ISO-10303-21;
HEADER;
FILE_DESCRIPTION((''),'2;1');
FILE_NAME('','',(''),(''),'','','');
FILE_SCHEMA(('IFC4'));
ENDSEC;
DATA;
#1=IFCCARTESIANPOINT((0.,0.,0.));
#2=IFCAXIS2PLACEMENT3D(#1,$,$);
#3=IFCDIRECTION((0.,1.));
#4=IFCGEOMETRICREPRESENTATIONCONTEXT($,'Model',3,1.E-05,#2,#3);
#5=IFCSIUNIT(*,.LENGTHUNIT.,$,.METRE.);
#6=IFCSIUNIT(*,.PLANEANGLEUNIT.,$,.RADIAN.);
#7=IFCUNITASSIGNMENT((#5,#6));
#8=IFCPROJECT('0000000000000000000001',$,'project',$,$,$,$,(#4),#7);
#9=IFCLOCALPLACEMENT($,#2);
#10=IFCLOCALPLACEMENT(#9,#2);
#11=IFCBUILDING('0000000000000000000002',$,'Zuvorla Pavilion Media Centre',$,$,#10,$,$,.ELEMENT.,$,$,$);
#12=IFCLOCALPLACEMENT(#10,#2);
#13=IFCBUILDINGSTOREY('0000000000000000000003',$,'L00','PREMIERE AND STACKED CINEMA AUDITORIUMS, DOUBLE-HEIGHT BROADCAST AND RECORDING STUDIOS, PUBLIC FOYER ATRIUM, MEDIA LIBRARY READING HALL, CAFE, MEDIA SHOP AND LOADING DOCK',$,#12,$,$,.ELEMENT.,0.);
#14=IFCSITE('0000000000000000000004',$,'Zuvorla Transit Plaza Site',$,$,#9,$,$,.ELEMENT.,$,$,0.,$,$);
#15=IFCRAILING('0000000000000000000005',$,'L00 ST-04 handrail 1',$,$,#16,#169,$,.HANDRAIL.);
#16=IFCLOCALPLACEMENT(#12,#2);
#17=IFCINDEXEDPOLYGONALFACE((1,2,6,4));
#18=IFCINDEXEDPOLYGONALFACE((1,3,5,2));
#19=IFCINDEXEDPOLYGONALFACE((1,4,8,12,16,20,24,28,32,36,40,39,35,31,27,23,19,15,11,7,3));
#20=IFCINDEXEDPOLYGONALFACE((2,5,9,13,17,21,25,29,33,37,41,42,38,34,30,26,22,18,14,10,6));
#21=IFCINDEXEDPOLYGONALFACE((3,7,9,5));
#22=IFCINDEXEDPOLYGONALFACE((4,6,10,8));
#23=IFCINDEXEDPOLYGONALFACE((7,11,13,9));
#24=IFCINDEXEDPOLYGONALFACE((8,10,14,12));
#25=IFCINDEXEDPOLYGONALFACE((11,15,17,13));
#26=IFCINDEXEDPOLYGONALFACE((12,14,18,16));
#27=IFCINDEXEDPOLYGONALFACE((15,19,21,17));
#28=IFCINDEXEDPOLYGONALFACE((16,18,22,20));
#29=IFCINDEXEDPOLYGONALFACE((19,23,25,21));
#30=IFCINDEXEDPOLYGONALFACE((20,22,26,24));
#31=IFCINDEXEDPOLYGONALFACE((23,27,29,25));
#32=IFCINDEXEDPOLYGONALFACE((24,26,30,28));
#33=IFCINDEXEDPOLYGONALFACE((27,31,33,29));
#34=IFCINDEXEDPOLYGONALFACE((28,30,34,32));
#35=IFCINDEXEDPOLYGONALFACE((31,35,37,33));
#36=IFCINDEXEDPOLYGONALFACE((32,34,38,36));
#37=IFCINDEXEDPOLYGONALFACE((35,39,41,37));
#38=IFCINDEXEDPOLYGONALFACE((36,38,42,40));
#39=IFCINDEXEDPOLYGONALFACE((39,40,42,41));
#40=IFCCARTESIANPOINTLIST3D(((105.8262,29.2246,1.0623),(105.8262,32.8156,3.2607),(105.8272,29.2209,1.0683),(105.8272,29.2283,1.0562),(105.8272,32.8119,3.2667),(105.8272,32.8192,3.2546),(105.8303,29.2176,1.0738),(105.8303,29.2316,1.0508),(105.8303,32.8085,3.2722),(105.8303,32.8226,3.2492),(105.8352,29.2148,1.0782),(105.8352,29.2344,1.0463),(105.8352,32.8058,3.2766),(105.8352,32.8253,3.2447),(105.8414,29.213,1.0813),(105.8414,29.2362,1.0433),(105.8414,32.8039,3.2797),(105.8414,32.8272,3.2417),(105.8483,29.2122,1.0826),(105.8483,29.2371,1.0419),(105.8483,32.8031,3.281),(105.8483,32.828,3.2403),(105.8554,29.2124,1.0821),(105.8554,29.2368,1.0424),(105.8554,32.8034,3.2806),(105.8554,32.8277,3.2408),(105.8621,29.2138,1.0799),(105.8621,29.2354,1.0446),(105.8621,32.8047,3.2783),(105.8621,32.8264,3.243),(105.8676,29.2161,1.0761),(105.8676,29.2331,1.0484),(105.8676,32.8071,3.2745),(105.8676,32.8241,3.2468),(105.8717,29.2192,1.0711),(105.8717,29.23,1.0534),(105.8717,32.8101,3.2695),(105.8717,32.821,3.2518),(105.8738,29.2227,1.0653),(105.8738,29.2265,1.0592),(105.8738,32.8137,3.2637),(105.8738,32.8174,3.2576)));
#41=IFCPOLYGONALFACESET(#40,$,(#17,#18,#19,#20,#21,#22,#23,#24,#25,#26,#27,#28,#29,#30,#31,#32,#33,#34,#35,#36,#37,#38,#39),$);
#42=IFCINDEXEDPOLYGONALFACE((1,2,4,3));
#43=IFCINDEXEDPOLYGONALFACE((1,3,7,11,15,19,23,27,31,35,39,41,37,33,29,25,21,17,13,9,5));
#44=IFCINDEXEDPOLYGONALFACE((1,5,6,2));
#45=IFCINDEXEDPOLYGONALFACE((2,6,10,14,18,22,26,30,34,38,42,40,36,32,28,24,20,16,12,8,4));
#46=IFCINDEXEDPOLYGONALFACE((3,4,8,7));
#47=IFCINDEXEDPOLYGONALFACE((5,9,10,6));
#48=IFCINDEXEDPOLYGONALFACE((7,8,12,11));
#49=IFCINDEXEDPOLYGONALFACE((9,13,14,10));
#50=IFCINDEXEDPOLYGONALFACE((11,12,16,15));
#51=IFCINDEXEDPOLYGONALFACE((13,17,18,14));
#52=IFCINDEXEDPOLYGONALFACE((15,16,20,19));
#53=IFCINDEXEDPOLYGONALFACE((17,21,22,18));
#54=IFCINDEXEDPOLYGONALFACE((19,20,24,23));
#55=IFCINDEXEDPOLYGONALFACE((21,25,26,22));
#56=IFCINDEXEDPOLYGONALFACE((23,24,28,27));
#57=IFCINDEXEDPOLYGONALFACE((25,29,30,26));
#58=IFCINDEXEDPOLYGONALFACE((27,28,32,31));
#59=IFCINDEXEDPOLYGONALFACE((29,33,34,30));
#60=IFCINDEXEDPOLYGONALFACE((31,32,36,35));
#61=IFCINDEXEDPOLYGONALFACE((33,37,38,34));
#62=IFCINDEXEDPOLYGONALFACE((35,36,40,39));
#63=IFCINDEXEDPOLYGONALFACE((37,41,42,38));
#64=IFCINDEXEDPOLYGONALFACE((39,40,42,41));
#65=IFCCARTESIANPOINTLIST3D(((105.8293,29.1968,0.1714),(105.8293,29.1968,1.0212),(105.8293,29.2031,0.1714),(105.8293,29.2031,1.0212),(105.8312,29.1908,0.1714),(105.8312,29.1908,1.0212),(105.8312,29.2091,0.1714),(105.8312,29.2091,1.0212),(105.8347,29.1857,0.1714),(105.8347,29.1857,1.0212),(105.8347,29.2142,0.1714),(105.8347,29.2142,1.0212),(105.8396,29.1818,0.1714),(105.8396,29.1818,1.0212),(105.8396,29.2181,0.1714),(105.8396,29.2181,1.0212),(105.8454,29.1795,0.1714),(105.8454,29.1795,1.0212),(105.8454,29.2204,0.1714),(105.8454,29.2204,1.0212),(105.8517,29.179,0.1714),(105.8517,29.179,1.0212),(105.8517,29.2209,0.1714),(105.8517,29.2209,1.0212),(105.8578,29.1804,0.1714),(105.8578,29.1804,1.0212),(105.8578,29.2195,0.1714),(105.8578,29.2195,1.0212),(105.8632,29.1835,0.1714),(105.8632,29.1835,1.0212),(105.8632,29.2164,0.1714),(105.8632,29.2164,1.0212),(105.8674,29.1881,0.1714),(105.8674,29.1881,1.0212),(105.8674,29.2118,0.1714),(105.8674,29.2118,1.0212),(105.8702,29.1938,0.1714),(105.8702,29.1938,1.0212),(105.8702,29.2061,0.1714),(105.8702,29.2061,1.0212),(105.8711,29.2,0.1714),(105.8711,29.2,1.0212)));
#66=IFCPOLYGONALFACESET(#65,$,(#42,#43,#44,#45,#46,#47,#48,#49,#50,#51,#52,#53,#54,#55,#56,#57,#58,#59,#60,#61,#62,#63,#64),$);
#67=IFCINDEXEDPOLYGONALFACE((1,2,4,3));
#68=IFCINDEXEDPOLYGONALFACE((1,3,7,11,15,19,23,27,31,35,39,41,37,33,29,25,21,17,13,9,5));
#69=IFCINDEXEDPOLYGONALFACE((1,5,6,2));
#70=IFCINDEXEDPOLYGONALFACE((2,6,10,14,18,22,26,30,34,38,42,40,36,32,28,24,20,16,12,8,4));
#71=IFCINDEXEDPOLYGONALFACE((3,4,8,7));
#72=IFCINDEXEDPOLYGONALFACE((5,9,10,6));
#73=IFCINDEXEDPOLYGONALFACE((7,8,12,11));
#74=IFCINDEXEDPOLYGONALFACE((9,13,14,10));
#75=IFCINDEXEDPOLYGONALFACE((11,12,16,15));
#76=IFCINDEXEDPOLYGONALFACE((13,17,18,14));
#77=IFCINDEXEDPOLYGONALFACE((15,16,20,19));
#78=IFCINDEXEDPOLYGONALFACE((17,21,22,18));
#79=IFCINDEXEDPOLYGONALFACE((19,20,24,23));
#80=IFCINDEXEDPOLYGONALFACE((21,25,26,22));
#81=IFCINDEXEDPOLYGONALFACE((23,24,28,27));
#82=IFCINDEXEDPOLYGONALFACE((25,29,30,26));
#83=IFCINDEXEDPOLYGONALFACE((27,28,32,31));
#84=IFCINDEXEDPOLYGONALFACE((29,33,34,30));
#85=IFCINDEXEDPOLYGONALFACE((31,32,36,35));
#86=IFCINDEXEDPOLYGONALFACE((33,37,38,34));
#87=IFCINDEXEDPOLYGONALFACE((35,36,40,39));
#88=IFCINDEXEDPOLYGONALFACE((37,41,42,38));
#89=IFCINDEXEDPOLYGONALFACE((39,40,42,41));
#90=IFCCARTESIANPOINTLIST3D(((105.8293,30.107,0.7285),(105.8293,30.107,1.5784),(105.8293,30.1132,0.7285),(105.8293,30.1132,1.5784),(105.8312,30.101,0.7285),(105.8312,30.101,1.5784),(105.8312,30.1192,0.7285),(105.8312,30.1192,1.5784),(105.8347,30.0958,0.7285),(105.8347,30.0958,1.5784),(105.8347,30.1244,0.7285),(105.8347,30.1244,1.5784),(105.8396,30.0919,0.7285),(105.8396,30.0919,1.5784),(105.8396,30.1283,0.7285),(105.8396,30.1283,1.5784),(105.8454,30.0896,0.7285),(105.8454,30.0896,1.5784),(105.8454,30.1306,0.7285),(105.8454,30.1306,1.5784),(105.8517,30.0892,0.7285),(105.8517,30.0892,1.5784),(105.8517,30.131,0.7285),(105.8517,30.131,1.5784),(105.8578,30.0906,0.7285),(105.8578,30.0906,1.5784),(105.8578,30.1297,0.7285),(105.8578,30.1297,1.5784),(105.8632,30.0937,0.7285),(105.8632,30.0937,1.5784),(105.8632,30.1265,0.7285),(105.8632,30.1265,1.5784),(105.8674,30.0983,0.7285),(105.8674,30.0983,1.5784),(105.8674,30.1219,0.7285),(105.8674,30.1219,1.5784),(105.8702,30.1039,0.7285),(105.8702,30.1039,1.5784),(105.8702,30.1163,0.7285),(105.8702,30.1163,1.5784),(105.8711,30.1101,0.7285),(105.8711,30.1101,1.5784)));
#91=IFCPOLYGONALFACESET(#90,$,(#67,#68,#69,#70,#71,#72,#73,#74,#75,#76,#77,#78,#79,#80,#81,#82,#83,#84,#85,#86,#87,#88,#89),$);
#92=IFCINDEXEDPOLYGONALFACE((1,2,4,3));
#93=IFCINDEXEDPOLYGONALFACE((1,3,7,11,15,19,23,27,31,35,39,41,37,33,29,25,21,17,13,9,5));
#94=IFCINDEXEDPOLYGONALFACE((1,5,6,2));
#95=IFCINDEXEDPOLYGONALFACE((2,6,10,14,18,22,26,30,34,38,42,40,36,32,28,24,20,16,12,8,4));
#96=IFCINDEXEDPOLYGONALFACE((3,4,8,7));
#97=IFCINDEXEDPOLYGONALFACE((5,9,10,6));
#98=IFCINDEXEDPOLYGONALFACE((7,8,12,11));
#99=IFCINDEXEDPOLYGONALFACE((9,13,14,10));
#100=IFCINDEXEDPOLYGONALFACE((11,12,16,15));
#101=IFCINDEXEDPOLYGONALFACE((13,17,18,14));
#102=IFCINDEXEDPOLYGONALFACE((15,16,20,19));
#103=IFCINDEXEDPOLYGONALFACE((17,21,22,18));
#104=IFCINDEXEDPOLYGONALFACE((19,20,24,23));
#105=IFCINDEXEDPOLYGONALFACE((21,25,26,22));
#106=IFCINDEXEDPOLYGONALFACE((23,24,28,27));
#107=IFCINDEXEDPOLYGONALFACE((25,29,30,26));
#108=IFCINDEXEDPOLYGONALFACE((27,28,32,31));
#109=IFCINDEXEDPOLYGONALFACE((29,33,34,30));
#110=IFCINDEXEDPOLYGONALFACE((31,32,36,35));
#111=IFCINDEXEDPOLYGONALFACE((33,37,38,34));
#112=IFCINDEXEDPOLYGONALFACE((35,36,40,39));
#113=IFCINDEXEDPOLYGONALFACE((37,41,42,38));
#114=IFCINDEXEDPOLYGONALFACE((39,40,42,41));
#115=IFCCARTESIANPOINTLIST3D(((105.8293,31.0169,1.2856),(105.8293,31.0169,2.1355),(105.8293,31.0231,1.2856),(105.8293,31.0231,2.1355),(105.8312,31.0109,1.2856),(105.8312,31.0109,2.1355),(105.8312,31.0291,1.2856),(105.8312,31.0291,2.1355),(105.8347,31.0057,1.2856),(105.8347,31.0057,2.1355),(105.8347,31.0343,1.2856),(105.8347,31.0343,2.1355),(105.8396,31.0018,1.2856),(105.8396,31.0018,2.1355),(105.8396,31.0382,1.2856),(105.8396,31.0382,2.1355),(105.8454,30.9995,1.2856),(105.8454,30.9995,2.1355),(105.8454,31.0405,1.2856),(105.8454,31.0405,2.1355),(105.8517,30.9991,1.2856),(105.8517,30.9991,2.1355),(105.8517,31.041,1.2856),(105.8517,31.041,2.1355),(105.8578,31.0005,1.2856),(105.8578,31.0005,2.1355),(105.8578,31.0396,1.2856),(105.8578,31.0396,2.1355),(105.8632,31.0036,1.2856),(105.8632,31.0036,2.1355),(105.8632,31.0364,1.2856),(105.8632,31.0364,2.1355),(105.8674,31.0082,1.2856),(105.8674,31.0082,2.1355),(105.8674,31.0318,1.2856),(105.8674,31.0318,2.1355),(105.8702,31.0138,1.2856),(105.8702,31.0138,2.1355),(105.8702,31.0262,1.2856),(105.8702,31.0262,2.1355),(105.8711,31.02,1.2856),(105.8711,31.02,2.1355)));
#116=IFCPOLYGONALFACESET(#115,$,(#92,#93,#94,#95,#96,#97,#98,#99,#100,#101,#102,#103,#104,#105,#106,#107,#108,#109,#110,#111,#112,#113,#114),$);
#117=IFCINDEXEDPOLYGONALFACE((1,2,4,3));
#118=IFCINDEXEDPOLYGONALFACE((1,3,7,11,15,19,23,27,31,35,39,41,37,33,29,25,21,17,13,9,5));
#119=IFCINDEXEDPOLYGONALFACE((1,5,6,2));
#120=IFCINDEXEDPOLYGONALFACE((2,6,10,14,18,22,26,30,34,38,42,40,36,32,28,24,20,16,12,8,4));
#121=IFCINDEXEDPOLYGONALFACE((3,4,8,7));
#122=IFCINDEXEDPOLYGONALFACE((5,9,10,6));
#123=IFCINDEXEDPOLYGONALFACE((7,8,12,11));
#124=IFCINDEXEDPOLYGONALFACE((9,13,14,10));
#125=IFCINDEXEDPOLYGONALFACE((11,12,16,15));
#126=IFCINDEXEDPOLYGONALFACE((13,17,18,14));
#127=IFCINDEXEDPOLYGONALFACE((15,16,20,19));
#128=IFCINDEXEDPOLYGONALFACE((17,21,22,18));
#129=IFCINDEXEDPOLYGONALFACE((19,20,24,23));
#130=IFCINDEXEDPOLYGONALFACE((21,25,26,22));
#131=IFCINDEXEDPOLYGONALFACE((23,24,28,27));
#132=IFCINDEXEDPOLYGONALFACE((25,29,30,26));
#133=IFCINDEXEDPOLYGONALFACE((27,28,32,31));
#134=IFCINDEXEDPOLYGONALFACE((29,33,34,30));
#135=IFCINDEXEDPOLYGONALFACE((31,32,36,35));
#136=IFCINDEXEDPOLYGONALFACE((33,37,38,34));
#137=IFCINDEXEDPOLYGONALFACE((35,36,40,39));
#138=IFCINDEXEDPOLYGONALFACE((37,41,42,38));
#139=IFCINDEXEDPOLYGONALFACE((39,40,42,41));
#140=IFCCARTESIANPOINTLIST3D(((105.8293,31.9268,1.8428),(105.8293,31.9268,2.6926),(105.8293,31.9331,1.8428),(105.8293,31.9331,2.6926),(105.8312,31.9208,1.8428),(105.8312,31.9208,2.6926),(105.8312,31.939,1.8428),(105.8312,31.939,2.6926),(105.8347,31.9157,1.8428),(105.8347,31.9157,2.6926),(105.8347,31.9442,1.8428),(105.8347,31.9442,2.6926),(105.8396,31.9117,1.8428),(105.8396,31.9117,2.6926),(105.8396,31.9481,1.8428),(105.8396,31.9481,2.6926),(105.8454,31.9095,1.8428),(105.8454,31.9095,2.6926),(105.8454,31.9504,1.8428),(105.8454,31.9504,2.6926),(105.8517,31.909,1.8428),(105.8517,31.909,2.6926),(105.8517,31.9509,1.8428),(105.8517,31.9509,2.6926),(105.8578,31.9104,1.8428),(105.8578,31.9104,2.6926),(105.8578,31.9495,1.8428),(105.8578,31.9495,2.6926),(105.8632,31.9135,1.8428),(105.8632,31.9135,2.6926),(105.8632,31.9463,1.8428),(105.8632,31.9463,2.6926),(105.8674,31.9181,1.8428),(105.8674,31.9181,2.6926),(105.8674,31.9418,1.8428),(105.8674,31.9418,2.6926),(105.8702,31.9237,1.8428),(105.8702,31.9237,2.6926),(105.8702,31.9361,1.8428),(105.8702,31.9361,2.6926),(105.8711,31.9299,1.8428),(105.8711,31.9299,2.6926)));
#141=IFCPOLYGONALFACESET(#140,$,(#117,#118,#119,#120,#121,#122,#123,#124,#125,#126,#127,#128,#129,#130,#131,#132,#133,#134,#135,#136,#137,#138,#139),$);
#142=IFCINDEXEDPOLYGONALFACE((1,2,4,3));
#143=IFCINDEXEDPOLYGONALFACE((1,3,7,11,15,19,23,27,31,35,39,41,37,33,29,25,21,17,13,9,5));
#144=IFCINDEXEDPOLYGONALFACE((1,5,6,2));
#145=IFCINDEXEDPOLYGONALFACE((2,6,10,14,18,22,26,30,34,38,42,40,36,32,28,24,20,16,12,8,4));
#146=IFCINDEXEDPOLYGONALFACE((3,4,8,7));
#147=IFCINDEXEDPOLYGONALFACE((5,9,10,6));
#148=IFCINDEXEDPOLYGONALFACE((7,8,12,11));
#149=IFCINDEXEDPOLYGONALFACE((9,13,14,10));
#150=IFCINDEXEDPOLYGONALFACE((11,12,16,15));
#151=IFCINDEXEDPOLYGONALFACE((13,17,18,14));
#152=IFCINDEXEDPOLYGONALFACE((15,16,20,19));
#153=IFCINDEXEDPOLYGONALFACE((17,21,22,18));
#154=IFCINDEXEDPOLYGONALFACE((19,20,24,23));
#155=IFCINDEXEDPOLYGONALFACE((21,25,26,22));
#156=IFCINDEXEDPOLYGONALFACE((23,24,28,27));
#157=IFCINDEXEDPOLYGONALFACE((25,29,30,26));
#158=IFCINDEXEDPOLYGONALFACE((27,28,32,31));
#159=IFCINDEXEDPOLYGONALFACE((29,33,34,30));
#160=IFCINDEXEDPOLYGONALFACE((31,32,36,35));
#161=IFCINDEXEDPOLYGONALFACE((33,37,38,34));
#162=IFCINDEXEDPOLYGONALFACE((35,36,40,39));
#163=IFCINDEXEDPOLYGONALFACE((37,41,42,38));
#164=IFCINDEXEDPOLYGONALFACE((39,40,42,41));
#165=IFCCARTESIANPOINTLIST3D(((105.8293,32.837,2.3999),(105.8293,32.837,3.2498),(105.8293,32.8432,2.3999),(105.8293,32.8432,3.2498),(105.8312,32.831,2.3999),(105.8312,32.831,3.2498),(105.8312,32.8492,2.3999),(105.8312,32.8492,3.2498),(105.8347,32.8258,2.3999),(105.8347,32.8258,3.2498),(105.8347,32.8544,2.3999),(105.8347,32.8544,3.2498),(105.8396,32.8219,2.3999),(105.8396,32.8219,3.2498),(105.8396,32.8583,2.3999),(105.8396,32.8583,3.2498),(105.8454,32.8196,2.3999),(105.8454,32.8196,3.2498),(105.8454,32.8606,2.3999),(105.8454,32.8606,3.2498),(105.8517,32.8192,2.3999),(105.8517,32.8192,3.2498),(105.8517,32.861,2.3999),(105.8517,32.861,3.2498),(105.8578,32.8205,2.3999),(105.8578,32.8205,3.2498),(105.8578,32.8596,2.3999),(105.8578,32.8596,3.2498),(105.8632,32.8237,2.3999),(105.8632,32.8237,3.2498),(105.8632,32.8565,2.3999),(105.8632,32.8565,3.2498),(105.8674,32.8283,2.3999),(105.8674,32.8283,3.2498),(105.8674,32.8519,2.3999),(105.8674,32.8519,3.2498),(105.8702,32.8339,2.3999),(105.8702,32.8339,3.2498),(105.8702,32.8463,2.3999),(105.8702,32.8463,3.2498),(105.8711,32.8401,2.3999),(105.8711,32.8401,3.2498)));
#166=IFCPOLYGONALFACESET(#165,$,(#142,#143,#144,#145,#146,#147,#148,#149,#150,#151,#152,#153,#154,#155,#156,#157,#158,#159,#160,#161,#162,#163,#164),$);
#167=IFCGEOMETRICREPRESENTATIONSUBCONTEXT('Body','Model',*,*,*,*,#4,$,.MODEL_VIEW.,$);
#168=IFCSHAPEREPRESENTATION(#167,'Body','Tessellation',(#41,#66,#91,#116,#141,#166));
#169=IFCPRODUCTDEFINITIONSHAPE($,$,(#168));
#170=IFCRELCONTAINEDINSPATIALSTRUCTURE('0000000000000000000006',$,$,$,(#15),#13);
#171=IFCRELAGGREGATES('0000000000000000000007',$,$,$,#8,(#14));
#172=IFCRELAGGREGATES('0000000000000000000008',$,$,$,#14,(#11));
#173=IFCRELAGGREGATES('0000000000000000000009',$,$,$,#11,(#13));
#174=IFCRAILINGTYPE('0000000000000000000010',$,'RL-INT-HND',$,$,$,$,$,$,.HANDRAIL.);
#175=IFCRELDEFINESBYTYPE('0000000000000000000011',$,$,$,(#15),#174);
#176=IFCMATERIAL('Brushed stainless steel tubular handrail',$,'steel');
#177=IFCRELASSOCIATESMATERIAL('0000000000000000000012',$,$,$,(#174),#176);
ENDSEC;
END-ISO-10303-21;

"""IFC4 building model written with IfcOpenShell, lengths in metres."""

from ifc_helpers import new_model, si_unit, direction, frame, origin, origin_2d, place, context, subcontext, project, spatial, circle, extrude, material, type_object, element, save


model = new_model("IFC4")

# Units and contexts
model_context = context("Model", 3, precision=1e-05, world=origin(), true_north=direction((0.0, 1.0)))
body_context = subcontext(model_context, "Body", "Model", "MODEL_VIEW")
ifc_project = project(units=[si_unit("LENGTHUNIT", "METRE"), si_unit("PLANEANGLEUNIT", "RADIAN")], contexts=[model_context])

# Site, building, storey
site_placement = place(None, origin())
site = spatial("IfcSite", under=ifc_project, at=site_placement, Name="Zuvorla Transit Plaza Site", CompositionType="ELEMENT", RefElevation=0.0)
building_placement = place(site_placement, origin())
building = spatial("IfcBuilding", under=site, at=building_placement, Name="Zuvorla Pavilion Media Centre", CompositionType="ELEMENT")
storey_placement = place(building_placement, origin())
storey = spatial("IfcBuildingStorey", under=building, at=storey_placement, Name="L00", Description="PREMIERE AND STACKED CINEMA AUDITORIUMS, DOUBLE-HEIGHT BROADCAST AND RECORDING STUDIOS, PUBLIC FOYER ATRIUM, MEDIA LIBRARY READING HALL, CAFE, MEDIA SHOP AND LOADING DOCK", CompositionType="ELEMENT", Elevation=0.0)

# Railing
ifc_material_1 = material(Name="Brushed stainless steel tubular handrail", Category="steel")
railing_type_1 = type_object("IfcRailingType", Name="RL-INT-HND", PredefinedType="HANDRAIL", material=ifc_material_1)
railing_1_placement = place(storey_placement, frame((105.8501, 29.2, 0.1714)))
element("IfcRailing", 1, at=railing_1_placement, inside=storey, type_object=railing_type_1, Name="L00 ST-04 handrail 1", PredefinedType="HANDRAIL", context=body_context, shape_type="SweptSolid", body=[
    extrude(circle(Radius=0.0239, at=origin_2d()), frame((0.0, 0.0247, 0.8909), z_axis=(0.0, 0.852866, 0.52213), x_axis=(-1.0, 0.0, 0.0)), (0.0, 0.0, 1.0), 4.2104),
    extrude(circle(Radius=0.021, at=origin_2d()), origin(), (0.0, 0.0, 1.0), 0.8499),
    extrude(circle(Radius=0.021, at=origin_2d()), frame((0.0, 0.9102, 0.5571)), (0.0, 0.0, 1.0), 0.8499),
    extrude(circle(Radius=0.021, at=origin_2d()), frame((0.0, 1.8201, 1.1143)), (0.0, 0.0, 1.0), 0.8499),
    extrude(circle(Radius=0.021, at=origin_2d()), frame((0.0, 2.73, 1.6714)), (0.0, 0.0, 1.0), 0.8499),
    extrude(circle(Radius=0.021, at=origin_2d()), frame((0.0, 3.6401, 2.2285)), (0.0, 0.0, 1.0), 0.8499),
])

save(model, "model.ifc")
